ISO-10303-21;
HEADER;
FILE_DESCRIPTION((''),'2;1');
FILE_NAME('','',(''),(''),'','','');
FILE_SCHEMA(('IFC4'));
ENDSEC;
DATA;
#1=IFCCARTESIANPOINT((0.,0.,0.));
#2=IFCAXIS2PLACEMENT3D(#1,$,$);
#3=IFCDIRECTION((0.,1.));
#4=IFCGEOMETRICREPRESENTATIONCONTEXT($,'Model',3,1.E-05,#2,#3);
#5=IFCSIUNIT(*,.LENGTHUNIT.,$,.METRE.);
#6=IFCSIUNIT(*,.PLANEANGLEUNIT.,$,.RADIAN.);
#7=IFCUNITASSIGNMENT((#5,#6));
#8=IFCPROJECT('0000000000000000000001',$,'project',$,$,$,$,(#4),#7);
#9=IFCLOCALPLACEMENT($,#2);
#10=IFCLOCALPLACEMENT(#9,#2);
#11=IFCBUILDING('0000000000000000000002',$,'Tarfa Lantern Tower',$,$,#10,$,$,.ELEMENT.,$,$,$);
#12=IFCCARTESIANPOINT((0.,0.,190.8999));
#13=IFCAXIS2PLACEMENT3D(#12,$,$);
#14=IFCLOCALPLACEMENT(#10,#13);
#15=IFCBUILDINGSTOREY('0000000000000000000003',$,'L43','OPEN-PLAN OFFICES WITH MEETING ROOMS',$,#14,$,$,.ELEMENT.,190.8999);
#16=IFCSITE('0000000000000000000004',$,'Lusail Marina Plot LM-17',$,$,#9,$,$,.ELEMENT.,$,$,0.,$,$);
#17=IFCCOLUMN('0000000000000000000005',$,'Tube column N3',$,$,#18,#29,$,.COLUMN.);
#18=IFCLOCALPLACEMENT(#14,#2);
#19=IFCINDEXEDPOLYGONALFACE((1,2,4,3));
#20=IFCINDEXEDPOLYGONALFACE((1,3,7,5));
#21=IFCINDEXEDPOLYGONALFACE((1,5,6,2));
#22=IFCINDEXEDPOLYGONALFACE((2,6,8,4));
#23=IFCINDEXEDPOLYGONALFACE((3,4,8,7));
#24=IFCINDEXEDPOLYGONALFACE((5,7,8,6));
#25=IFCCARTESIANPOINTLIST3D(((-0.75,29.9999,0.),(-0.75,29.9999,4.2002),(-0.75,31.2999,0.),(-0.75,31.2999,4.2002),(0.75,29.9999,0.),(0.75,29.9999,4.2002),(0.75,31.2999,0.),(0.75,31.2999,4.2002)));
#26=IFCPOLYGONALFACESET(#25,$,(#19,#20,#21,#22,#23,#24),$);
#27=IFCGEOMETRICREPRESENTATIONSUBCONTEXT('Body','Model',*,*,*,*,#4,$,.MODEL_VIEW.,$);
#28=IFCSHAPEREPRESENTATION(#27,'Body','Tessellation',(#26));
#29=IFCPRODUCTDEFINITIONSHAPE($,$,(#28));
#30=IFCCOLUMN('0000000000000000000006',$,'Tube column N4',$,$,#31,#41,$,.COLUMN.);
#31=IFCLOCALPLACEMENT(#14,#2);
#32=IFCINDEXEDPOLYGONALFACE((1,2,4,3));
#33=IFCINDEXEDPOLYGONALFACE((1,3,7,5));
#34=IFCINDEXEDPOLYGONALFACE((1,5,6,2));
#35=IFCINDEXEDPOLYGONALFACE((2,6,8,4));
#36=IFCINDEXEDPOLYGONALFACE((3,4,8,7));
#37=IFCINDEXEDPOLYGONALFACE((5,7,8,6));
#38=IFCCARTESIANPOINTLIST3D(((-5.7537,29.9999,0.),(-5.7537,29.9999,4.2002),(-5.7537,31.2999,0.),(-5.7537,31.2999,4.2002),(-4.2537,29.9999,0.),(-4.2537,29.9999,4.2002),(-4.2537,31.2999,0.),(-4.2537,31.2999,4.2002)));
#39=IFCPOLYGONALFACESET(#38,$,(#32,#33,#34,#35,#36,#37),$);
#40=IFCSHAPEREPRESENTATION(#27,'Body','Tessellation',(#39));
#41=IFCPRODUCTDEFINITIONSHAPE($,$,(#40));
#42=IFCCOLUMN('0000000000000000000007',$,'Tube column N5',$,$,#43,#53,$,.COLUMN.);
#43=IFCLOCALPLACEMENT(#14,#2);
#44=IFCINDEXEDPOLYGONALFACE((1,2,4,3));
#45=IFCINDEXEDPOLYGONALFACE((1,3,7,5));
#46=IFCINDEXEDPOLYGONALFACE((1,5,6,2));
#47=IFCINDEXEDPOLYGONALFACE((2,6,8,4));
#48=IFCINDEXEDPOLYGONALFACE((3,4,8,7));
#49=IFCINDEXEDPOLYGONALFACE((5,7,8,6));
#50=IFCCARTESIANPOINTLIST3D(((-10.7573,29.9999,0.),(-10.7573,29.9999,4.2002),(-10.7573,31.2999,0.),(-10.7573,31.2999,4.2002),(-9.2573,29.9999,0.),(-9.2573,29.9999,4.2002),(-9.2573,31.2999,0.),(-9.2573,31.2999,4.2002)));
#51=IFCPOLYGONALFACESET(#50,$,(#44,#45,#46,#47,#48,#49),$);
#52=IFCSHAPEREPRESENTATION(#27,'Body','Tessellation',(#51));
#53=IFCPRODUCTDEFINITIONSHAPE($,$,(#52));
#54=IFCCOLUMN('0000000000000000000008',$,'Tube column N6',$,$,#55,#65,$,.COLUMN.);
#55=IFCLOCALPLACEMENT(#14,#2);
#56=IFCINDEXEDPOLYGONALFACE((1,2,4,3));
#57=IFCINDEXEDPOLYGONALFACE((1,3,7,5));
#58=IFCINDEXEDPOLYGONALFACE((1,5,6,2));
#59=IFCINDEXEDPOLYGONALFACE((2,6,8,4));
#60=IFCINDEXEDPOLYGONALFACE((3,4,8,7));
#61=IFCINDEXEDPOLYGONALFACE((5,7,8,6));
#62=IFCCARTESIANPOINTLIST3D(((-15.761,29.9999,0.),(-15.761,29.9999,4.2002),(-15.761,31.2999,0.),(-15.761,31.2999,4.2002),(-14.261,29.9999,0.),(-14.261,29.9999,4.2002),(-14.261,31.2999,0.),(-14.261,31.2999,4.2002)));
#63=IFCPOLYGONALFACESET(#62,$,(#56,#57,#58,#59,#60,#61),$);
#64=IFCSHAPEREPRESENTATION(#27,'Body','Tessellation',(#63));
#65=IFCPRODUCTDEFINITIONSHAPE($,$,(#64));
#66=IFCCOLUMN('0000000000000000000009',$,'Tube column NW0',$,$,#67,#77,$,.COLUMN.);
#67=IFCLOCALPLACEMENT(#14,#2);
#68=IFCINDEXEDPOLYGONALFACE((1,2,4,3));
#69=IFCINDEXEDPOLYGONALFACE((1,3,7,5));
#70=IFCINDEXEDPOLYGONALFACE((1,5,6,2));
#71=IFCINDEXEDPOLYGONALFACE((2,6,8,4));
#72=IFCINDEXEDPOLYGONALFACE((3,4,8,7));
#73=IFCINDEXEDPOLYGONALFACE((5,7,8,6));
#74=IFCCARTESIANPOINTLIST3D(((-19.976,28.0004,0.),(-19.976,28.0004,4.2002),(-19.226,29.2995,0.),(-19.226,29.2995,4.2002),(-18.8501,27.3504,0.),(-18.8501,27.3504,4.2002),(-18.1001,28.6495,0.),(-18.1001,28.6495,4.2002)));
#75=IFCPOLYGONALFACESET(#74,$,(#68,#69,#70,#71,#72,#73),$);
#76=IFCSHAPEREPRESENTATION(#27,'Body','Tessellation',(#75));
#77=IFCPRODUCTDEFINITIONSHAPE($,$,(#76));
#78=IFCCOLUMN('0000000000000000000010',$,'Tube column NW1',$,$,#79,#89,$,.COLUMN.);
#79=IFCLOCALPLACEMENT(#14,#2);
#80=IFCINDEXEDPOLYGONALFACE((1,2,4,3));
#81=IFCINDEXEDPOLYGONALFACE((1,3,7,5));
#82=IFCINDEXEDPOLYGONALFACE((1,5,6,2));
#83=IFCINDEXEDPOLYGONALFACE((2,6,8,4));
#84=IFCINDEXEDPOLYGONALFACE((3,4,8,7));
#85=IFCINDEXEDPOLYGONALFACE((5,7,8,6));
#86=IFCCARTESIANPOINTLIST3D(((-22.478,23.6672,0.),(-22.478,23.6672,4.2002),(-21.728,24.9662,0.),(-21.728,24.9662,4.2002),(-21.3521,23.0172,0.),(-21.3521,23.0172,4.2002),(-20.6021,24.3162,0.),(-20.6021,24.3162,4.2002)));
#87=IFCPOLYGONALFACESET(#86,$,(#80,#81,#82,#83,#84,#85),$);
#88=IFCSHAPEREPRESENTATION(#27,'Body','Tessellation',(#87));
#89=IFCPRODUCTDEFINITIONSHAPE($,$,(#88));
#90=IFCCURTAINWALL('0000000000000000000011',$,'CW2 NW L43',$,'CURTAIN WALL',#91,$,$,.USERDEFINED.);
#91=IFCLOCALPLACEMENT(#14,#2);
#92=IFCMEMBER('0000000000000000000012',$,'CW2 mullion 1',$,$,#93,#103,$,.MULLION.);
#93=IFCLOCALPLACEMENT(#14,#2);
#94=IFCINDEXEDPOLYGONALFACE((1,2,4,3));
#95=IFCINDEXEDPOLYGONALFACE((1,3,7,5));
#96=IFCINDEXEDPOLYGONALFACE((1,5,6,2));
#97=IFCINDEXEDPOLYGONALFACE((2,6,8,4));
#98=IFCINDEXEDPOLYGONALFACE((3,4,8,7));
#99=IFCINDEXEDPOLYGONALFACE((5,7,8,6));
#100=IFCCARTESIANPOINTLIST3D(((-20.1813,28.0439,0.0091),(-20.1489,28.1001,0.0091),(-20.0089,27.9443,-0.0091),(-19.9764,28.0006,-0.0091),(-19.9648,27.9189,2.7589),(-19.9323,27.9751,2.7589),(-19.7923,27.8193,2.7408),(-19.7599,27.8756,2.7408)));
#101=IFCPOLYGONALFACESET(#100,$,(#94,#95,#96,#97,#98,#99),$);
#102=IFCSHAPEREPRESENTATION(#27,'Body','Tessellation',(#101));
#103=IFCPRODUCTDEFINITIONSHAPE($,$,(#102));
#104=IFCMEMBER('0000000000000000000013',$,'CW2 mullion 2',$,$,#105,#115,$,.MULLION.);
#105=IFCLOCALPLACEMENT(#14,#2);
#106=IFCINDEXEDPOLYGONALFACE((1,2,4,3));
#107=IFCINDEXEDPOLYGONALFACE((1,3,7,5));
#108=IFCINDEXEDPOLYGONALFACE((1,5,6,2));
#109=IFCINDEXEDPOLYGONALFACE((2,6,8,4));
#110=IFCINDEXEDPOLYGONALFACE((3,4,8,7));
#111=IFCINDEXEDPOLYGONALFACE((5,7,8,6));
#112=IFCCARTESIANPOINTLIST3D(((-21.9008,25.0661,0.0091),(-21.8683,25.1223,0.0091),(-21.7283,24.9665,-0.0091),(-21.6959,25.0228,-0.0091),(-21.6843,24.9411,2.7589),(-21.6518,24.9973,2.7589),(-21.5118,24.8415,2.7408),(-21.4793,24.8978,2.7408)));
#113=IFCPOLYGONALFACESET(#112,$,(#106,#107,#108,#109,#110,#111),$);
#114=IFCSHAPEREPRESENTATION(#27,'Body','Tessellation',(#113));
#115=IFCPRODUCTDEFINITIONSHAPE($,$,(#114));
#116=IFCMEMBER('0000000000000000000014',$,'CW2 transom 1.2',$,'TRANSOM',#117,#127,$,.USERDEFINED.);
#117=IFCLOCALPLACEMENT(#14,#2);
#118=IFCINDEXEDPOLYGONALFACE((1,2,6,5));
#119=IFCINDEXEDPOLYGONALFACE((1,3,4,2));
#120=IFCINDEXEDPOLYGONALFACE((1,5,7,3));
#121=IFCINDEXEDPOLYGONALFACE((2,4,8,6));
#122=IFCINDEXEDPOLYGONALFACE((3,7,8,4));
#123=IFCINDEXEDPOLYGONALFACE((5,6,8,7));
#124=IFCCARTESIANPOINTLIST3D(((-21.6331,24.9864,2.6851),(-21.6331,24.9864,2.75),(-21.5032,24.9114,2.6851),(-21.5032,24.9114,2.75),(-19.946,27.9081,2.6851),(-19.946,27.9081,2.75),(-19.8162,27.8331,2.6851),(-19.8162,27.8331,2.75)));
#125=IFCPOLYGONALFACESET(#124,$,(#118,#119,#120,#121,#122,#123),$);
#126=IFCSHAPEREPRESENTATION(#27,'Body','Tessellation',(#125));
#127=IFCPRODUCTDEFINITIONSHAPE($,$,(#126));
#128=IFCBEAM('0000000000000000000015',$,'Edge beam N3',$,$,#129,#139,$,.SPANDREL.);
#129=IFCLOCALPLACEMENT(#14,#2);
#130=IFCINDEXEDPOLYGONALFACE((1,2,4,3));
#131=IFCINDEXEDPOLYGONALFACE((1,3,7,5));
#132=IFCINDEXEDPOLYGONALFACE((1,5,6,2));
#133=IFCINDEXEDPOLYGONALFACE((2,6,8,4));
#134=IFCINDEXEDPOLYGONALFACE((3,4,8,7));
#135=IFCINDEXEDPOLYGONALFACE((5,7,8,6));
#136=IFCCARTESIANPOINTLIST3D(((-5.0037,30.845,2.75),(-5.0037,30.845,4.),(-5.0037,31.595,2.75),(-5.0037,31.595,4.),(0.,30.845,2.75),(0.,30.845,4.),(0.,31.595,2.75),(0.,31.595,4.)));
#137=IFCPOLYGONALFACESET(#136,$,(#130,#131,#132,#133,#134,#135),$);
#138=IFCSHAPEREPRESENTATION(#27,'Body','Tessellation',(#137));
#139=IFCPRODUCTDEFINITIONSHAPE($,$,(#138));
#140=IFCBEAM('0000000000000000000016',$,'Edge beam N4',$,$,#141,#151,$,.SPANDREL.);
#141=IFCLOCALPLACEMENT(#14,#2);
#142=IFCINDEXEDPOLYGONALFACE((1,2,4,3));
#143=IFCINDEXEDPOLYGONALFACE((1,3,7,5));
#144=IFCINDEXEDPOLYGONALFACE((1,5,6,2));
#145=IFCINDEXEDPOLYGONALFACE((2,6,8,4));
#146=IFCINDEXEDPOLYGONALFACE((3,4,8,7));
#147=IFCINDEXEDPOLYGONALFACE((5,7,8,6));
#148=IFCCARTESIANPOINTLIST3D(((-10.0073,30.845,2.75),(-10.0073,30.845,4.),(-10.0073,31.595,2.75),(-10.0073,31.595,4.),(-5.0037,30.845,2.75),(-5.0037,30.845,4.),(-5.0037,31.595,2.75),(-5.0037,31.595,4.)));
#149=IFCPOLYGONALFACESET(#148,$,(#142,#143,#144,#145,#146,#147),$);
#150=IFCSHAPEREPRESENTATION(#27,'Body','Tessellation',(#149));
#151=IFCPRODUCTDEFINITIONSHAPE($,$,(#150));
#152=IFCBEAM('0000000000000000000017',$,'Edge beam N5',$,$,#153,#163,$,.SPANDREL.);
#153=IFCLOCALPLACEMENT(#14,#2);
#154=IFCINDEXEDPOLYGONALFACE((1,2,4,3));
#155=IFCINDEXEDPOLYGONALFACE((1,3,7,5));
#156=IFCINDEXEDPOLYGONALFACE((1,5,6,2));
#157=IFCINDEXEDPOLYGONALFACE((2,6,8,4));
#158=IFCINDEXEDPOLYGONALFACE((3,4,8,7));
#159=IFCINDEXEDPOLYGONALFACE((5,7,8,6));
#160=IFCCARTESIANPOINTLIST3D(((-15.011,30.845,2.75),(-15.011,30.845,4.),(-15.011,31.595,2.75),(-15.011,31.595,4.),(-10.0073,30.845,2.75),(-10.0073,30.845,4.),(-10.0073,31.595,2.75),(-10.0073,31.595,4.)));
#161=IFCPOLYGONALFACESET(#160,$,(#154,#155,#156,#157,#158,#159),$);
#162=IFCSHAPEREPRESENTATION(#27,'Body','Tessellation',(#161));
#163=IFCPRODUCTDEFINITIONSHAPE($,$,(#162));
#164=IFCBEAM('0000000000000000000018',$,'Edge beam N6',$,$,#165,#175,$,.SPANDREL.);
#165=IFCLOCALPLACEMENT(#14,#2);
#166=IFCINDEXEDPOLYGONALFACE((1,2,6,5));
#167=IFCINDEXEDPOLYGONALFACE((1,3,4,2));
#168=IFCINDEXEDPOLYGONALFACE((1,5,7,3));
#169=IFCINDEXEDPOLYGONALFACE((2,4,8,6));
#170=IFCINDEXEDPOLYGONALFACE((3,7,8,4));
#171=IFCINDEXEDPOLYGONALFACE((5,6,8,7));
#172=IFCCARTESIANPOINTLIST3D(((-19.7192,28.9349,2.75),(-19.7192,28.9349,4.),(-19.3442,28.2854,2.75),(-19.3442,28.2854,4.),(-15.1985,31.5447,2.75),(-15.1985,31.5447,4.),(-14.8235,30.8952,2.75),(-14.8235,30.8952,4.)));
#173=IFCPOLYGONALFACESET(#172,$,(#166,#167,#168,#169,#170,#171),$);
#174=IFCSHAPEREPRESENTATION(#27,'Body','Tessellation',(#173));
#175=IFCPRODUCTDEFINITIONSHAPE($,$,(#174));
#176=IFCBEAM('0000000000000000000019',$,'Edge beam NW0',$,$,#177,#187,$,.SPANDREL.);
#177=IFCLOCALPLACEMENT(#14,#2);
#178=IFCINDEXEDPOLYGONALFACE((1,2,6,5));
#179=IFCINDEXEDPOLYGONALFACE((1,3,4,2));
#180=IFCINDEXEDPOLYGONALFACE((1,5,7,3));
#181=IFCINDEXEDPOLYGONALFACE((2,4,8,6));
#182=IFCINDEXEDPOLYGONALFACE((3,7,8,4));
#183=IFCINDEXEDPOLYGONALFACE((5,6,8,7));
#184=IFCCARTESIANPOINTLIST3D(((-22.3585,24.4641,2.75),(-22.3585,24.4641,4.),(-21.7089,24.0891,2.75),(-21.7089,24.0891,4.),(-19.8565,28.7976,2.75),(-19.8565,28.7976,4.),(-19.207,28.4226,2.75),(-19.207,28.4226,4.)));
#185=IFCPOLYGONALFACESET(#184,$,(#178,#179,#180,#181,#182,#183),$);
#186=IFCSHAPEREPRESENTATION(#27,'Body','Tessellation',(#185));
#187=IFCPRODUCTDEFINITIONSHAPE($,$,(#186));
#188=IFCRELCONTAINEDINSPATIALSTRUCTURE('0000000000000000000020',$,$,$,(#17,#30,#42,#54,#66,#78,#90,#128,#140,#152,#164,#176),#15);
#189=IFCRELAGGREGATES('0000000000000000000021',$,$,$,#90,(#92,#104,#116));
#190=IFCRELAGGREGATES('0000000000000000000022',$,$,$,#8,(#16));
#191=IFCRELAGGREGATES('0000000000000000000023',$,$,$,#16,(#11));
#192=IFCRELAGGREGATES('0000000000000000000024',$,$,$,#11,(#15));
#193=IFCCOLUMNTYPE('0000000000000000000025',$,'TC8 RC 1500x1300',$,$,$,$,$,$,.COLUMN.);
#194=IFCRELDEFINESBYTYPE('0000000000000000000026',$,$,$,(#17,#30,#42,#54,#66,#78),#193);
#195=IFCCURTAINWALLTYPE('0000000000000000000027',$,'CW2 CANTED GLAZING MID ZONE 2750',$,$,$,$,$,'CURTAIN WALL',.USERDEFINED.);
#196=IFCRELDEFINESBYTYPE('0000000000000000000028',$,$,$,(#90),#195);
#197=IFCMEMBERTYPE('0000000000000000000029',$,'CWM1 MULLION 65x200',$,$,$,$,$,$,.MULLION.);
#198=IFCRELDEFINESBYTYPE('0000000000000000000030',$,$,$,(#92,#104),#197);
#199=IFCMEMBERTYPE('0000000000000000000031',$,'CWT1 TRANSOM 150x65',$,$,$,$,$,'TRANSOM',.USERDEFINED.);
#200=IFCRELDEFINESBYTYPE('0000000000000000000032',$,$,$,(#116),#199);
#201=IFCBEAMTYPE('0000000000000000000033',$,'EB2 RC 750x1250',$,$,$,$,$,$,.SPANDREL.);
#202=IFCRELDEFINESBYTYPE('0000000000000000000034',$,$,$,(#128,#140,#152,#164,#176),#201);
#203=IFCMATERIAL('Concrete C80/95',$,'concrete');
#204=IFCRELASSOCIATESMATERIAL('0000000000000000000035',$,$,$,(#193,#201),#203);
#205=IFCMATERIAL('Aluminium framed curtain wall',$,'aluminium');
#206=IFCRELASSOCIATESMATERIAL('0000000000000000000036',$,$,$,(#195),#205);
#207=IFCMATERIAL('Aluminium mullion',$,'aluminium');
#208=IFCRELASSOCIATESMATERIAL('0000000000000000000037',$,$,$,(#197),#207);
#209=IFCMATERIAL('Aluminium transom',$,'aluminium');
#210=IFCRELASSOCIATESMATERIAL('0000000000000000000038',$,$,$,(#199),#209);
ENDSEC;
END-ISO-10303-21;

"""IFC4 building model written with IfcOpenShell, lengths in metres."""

from ifc_helpers import new_model, si_unit, direction, frame, origin, origin_2d, place, context, subcontext, project, spatial, rectangle, extrude, material, material_profile, profile_set, type_object, element, aggregate, save


model = new_model("IFC4")

# Units and contexts
model_context = context("Model", 3, precision=1e-05, world=origin(), true_north=direction((0.0, 1.0)))
body_context = subcontext(model_context, "Body", "Model", "MODEL_VIEW")
ifc_project = project(units=[si_unit("LENGTHUNIT", "METRE"), si_unit("PLANEANGLEUNIT", "RADIAN")], contexts=[model_context])

# Site, building, storey
site_placement = place(None, origin())
site = spatial("IfcSite", under=ifc_project, at=site_placement, Name="Lusail Marina Plot LM-17", CompositionType="ELEMENT", RefElevation=0.0)
building_placement = place(site_placement, origin())
building = spatial("IfcBuilding", under=site, at=building_placement, Name="Tarfa Lantern Tower", CompositionType="ELEMENT")
storey_placement = place(building_placement, frame((0.0, 0.0, 190.8999)))
storey = spatial("IfcBuildingStorey", under=building, at=storey_placement, Name="L43", Description="OPEN-PLAN OFFICES WITH MEETING ROOMS", CompositionType="ELEMENT", Elevation=190.8999)

# Columns
ifc_material_1 = material(Name="Concrete C80/95", Category="concrete")
ifc_material_profile_1 = material_profile(ifc_material_1, rectangle(XDim=1.5, YDim=1.3, at=origin_2d()), Name="RC 1500x1300")
ifc_profile_set_1 = profile_set([ifc_material_profile_1], Name="Concrete C80/95")
column_type = type_object("IfcColumnType", Name="TC8 RC 1500x1300", PredefinedType="COLUMN", material=ifc_profile_set_1)
for number, where, z_axis, x_axis, name in (
    (1, (0.0, 30.6499, 0.0), (0.0, 0.0, 1.0), (-1.0, 0.0, 0.0), "Tube column N3"),
    (2, (-5.0037, 30.6499, 0.0), (0.0, 0.0, 1.0), (-1.0, 0.0, 0.0), "Tube column N4"),
    (3, (-10.0073, 30.6499, 0.0), (0.0, 0.0, 1.0), (-1.0, 0.0, 0.0), "Tube column N5"),
    (4, (-15.011, 30.6499, 0.0), (0.0, 0.0, 1.0), (-1.0, 0.0, 0.0), "Tube column N6"),
    (5, (-19.0381, 28.325, 0.0), (0.0, 0.0, 1.0), (-0.5, -0.866025, 0.0), "Tube column NW0"),
    (6, (-21.54, 23.9917, 0.0), (0.0, 0.0, 1.0), (-0.5, -0.866025, 0.0), "Tube column NW1"),
):
    element("IfcColumn", number, at=place(storey_placement, frame(where, z_axis=z_axis, x_axis=x_axis)), inside=storey, type_object=column_type, Name=name, PredefinedType="COLUMN", context=body_context, shape_type="SweptSolid", body=[
        extrude(rectangle(XDim=1.5, YDim=1.3, at=origin_2d()), origin(), (0.0, 0.0, 1.0), 4.2002),
    ])

# Curtain wall, members
ifc_material_2 = material(Name="Aluminium framed curtain wall", Category="aluminium")
curtain_wall_type = type_object("IfcCurtainWallType", Name="CW2 CANTED GLAZING MID ZONE 2750", ElementType="CURTAIN WALL", PredefinedType="USERDEFINED", material=ifc_material_2)
curtain_wall_placement = place(storey_placement, origin())
curtain_wall = element("IfcCurtainWall", 7, at=curtain_wall_placement, inside=storey, type_object=curtain_wall_type, Name="CW2 NW L43", ObjectType="CURTAIN WALL", PredefinedType="USERDEFINED")
ifc_material_3 = material(Name="Aluminium mullion", Category="aluminium")
ifc_material_profile_2 = material_profile(ifc_material_3, rectangle(XDim=0.0649, YDim=0.2, at=origin_2d()), Name="AL MULLION 65x200")
ifc_profile_set_2 = profile_set([ifc_material_profile_2], Name="Aluminium mullion")
member_type_1 = type_object("IfcMemberType", Name="CWM1 MULLION 65x200", PredefinedType="MULLION", material=ifc_profile_set_2)
member_1_placement = place(storey_placement, frame((-20.0789, 28.0222, 0.0), z_axis=(0.078423, -0.045268, 0.995892), x_axis=(0.49992, 0.866072, 0.0)))
member_1 = element("IfcMember", 8, at=member_1_placement, type_object=member_type_1, Name="CW2 mullion 1", PredefinedType="MULLION", context=body_context, shape_type="SweptSolid", body=[
    extrude(rectangle(XDim=0.0649, YDim=0.2, at=origin_2d()), origin(), (0.0, 0.0, 1.0), 2.7612),
])
member_2_placement = place(storey_placement, frame((-21.7983, 25.0444, 0.0), z_axis=(0.078423, -0.045268, 0.995892), x_axis=(0.49992, 0.866072, 0.0)))
member_2 = element("IfcMember", 9, at=member_2_placement, type_object=member_type_1, Name="CW2 mullion 2", PredefinedType="MULLION", context=body_context, shape_type="SweptSolid", body=[
    extrude(rectangle(XDim=0.0649, YDim=0.2, at=origin_2d()), origin(), (0.0, 0.0, 1.0), 2.7612),
])
ifc_material_4 = material(Name="Aluminium transom", Category="aluminium")
ifc_material_profile_3 = material_profile(ifc_material_4, rectangle(XDim=0.1499, YDim=0.0649, at=origin_2d()), Name="AL TRANSOM 150x65")
ifc_profile_set_3 = profile_set([ifc_material_profile_3], Name="Aluminium transom")
member_type_2 = type_object("IfcMemberType", Name="CWT1 TRANSOM 150x65", ElementType="TRANSOM", PredefinedType="USERDEFINED", material=ifc_profile_set_3)
member_3_placement = place(storey_placement, frame((-19.8811, 27.8706, 2.7175), z_axis=(-0.500046, -0.865999, 0.0), x_axis=(0.865999, -0.500046, 0.0)))
member_3 = element("IfcMember", 10, at=member_3_placement, type_object=member_type_2, Name="CW2 transom 1.2", ObjectType="TRANSOM", PredefinedType="USERDEFINED", context=body_context, shape_type="SweptSolid", body=[
    extrude(rectangle(XDim=0.1499, YDim=0.0649, at=origin_2d()), origin(), (0.0, 0.0, 1.0), 3.3738),
])

# Beams
ifc_material_profile_4 = material_profile(ifc_material_1, rectangle(XDim=0.75, YDim=1.25, at=origin_2d()), Name="RC 750x1250")
ifc_profile_set_4 = profile_set([ifc_material_profile_4], Name="Concrete C80/95")
beam_type_1 = type_object("IfcBeamType", Name="EB2 RC 750x1250", PredefinedType="SPANDREL", material=ifc_profile_set_4)
for number, where, z_axis, x_axis, name in (
    (11, (0.0, 31.22, 3.375), (-1.0, 0.0, 0.0), (0.0, -1.0, 0.0), "Edge beam N3"),
    (12, (-5.0037, 31.22, 3.375), (-1.0, 0.0, 0.0), (0.0, -1.0, 0.0), "Edge beam N4"),
    (13, (-10.0073, 31.22, 3.375), (-1.0, 0.0, 0.0), (0.0, -1.0, 0.0), "Edge beam N5"),
):
    element("IfcBeam", number, at=place(storey_placement, frame(where, z_axis=z_axis, x_axis=x_axis)), inside=storey, type_object=beam_type_1, Name=name, PredefinedType="SPANDREL", context=body_context, shape_type="SweptSolid", body=[
        extrude(rectangle(XDim=0.75, YDim=1.25, at=origin_2d()), origin(), (0.0, 0.0, 1.0), 5.0037),
    ])
beam_1_placement = place(storey_placement, frame((-15.011, 31.22, 3.375), z_axis=(-0.866042, -0.499972, 0.0), x_axis=(0.499972, -0.866042, 0.0)))
element("IfcBeam", 14, at=beam_1_placement, inside=storey, type_object=beam_type_1, Name="Edge beam N6", PredefinedType="SPANDREL", context=body_context, shape_type="SweptSolid", body=[
    extrude(rectangle(XDim=0.75, YDim=1.25, at=origin_2d()), origin(), (0.0, 0.0, 1.0), 5.22),
])
beam_2_placement = place(storey_placement, frame((-19.5317, 28.6101, 3.375), z_axis=(-0.500001, -0.866025, 0.0), x_axis=(0.866025, -0.500001, 0.0)))
element("IfcBeam", 15, at=beam_2_placement, inside=storey, type_object=beam_type_1, Name="Edge beam NW0", PredefinedType="SPANDREL", context=body_context, shape_type="SweptSolid", body=[
    extrude(rectangle(XDim=0.75, YDim=1.25, at=origin_2d()), origin(), (0.0, 0.0, 1.0), 5.0039),
])

aggregate(curtain_wall, [member_1, member_2, member_3])

save(model, "model.ifc")
